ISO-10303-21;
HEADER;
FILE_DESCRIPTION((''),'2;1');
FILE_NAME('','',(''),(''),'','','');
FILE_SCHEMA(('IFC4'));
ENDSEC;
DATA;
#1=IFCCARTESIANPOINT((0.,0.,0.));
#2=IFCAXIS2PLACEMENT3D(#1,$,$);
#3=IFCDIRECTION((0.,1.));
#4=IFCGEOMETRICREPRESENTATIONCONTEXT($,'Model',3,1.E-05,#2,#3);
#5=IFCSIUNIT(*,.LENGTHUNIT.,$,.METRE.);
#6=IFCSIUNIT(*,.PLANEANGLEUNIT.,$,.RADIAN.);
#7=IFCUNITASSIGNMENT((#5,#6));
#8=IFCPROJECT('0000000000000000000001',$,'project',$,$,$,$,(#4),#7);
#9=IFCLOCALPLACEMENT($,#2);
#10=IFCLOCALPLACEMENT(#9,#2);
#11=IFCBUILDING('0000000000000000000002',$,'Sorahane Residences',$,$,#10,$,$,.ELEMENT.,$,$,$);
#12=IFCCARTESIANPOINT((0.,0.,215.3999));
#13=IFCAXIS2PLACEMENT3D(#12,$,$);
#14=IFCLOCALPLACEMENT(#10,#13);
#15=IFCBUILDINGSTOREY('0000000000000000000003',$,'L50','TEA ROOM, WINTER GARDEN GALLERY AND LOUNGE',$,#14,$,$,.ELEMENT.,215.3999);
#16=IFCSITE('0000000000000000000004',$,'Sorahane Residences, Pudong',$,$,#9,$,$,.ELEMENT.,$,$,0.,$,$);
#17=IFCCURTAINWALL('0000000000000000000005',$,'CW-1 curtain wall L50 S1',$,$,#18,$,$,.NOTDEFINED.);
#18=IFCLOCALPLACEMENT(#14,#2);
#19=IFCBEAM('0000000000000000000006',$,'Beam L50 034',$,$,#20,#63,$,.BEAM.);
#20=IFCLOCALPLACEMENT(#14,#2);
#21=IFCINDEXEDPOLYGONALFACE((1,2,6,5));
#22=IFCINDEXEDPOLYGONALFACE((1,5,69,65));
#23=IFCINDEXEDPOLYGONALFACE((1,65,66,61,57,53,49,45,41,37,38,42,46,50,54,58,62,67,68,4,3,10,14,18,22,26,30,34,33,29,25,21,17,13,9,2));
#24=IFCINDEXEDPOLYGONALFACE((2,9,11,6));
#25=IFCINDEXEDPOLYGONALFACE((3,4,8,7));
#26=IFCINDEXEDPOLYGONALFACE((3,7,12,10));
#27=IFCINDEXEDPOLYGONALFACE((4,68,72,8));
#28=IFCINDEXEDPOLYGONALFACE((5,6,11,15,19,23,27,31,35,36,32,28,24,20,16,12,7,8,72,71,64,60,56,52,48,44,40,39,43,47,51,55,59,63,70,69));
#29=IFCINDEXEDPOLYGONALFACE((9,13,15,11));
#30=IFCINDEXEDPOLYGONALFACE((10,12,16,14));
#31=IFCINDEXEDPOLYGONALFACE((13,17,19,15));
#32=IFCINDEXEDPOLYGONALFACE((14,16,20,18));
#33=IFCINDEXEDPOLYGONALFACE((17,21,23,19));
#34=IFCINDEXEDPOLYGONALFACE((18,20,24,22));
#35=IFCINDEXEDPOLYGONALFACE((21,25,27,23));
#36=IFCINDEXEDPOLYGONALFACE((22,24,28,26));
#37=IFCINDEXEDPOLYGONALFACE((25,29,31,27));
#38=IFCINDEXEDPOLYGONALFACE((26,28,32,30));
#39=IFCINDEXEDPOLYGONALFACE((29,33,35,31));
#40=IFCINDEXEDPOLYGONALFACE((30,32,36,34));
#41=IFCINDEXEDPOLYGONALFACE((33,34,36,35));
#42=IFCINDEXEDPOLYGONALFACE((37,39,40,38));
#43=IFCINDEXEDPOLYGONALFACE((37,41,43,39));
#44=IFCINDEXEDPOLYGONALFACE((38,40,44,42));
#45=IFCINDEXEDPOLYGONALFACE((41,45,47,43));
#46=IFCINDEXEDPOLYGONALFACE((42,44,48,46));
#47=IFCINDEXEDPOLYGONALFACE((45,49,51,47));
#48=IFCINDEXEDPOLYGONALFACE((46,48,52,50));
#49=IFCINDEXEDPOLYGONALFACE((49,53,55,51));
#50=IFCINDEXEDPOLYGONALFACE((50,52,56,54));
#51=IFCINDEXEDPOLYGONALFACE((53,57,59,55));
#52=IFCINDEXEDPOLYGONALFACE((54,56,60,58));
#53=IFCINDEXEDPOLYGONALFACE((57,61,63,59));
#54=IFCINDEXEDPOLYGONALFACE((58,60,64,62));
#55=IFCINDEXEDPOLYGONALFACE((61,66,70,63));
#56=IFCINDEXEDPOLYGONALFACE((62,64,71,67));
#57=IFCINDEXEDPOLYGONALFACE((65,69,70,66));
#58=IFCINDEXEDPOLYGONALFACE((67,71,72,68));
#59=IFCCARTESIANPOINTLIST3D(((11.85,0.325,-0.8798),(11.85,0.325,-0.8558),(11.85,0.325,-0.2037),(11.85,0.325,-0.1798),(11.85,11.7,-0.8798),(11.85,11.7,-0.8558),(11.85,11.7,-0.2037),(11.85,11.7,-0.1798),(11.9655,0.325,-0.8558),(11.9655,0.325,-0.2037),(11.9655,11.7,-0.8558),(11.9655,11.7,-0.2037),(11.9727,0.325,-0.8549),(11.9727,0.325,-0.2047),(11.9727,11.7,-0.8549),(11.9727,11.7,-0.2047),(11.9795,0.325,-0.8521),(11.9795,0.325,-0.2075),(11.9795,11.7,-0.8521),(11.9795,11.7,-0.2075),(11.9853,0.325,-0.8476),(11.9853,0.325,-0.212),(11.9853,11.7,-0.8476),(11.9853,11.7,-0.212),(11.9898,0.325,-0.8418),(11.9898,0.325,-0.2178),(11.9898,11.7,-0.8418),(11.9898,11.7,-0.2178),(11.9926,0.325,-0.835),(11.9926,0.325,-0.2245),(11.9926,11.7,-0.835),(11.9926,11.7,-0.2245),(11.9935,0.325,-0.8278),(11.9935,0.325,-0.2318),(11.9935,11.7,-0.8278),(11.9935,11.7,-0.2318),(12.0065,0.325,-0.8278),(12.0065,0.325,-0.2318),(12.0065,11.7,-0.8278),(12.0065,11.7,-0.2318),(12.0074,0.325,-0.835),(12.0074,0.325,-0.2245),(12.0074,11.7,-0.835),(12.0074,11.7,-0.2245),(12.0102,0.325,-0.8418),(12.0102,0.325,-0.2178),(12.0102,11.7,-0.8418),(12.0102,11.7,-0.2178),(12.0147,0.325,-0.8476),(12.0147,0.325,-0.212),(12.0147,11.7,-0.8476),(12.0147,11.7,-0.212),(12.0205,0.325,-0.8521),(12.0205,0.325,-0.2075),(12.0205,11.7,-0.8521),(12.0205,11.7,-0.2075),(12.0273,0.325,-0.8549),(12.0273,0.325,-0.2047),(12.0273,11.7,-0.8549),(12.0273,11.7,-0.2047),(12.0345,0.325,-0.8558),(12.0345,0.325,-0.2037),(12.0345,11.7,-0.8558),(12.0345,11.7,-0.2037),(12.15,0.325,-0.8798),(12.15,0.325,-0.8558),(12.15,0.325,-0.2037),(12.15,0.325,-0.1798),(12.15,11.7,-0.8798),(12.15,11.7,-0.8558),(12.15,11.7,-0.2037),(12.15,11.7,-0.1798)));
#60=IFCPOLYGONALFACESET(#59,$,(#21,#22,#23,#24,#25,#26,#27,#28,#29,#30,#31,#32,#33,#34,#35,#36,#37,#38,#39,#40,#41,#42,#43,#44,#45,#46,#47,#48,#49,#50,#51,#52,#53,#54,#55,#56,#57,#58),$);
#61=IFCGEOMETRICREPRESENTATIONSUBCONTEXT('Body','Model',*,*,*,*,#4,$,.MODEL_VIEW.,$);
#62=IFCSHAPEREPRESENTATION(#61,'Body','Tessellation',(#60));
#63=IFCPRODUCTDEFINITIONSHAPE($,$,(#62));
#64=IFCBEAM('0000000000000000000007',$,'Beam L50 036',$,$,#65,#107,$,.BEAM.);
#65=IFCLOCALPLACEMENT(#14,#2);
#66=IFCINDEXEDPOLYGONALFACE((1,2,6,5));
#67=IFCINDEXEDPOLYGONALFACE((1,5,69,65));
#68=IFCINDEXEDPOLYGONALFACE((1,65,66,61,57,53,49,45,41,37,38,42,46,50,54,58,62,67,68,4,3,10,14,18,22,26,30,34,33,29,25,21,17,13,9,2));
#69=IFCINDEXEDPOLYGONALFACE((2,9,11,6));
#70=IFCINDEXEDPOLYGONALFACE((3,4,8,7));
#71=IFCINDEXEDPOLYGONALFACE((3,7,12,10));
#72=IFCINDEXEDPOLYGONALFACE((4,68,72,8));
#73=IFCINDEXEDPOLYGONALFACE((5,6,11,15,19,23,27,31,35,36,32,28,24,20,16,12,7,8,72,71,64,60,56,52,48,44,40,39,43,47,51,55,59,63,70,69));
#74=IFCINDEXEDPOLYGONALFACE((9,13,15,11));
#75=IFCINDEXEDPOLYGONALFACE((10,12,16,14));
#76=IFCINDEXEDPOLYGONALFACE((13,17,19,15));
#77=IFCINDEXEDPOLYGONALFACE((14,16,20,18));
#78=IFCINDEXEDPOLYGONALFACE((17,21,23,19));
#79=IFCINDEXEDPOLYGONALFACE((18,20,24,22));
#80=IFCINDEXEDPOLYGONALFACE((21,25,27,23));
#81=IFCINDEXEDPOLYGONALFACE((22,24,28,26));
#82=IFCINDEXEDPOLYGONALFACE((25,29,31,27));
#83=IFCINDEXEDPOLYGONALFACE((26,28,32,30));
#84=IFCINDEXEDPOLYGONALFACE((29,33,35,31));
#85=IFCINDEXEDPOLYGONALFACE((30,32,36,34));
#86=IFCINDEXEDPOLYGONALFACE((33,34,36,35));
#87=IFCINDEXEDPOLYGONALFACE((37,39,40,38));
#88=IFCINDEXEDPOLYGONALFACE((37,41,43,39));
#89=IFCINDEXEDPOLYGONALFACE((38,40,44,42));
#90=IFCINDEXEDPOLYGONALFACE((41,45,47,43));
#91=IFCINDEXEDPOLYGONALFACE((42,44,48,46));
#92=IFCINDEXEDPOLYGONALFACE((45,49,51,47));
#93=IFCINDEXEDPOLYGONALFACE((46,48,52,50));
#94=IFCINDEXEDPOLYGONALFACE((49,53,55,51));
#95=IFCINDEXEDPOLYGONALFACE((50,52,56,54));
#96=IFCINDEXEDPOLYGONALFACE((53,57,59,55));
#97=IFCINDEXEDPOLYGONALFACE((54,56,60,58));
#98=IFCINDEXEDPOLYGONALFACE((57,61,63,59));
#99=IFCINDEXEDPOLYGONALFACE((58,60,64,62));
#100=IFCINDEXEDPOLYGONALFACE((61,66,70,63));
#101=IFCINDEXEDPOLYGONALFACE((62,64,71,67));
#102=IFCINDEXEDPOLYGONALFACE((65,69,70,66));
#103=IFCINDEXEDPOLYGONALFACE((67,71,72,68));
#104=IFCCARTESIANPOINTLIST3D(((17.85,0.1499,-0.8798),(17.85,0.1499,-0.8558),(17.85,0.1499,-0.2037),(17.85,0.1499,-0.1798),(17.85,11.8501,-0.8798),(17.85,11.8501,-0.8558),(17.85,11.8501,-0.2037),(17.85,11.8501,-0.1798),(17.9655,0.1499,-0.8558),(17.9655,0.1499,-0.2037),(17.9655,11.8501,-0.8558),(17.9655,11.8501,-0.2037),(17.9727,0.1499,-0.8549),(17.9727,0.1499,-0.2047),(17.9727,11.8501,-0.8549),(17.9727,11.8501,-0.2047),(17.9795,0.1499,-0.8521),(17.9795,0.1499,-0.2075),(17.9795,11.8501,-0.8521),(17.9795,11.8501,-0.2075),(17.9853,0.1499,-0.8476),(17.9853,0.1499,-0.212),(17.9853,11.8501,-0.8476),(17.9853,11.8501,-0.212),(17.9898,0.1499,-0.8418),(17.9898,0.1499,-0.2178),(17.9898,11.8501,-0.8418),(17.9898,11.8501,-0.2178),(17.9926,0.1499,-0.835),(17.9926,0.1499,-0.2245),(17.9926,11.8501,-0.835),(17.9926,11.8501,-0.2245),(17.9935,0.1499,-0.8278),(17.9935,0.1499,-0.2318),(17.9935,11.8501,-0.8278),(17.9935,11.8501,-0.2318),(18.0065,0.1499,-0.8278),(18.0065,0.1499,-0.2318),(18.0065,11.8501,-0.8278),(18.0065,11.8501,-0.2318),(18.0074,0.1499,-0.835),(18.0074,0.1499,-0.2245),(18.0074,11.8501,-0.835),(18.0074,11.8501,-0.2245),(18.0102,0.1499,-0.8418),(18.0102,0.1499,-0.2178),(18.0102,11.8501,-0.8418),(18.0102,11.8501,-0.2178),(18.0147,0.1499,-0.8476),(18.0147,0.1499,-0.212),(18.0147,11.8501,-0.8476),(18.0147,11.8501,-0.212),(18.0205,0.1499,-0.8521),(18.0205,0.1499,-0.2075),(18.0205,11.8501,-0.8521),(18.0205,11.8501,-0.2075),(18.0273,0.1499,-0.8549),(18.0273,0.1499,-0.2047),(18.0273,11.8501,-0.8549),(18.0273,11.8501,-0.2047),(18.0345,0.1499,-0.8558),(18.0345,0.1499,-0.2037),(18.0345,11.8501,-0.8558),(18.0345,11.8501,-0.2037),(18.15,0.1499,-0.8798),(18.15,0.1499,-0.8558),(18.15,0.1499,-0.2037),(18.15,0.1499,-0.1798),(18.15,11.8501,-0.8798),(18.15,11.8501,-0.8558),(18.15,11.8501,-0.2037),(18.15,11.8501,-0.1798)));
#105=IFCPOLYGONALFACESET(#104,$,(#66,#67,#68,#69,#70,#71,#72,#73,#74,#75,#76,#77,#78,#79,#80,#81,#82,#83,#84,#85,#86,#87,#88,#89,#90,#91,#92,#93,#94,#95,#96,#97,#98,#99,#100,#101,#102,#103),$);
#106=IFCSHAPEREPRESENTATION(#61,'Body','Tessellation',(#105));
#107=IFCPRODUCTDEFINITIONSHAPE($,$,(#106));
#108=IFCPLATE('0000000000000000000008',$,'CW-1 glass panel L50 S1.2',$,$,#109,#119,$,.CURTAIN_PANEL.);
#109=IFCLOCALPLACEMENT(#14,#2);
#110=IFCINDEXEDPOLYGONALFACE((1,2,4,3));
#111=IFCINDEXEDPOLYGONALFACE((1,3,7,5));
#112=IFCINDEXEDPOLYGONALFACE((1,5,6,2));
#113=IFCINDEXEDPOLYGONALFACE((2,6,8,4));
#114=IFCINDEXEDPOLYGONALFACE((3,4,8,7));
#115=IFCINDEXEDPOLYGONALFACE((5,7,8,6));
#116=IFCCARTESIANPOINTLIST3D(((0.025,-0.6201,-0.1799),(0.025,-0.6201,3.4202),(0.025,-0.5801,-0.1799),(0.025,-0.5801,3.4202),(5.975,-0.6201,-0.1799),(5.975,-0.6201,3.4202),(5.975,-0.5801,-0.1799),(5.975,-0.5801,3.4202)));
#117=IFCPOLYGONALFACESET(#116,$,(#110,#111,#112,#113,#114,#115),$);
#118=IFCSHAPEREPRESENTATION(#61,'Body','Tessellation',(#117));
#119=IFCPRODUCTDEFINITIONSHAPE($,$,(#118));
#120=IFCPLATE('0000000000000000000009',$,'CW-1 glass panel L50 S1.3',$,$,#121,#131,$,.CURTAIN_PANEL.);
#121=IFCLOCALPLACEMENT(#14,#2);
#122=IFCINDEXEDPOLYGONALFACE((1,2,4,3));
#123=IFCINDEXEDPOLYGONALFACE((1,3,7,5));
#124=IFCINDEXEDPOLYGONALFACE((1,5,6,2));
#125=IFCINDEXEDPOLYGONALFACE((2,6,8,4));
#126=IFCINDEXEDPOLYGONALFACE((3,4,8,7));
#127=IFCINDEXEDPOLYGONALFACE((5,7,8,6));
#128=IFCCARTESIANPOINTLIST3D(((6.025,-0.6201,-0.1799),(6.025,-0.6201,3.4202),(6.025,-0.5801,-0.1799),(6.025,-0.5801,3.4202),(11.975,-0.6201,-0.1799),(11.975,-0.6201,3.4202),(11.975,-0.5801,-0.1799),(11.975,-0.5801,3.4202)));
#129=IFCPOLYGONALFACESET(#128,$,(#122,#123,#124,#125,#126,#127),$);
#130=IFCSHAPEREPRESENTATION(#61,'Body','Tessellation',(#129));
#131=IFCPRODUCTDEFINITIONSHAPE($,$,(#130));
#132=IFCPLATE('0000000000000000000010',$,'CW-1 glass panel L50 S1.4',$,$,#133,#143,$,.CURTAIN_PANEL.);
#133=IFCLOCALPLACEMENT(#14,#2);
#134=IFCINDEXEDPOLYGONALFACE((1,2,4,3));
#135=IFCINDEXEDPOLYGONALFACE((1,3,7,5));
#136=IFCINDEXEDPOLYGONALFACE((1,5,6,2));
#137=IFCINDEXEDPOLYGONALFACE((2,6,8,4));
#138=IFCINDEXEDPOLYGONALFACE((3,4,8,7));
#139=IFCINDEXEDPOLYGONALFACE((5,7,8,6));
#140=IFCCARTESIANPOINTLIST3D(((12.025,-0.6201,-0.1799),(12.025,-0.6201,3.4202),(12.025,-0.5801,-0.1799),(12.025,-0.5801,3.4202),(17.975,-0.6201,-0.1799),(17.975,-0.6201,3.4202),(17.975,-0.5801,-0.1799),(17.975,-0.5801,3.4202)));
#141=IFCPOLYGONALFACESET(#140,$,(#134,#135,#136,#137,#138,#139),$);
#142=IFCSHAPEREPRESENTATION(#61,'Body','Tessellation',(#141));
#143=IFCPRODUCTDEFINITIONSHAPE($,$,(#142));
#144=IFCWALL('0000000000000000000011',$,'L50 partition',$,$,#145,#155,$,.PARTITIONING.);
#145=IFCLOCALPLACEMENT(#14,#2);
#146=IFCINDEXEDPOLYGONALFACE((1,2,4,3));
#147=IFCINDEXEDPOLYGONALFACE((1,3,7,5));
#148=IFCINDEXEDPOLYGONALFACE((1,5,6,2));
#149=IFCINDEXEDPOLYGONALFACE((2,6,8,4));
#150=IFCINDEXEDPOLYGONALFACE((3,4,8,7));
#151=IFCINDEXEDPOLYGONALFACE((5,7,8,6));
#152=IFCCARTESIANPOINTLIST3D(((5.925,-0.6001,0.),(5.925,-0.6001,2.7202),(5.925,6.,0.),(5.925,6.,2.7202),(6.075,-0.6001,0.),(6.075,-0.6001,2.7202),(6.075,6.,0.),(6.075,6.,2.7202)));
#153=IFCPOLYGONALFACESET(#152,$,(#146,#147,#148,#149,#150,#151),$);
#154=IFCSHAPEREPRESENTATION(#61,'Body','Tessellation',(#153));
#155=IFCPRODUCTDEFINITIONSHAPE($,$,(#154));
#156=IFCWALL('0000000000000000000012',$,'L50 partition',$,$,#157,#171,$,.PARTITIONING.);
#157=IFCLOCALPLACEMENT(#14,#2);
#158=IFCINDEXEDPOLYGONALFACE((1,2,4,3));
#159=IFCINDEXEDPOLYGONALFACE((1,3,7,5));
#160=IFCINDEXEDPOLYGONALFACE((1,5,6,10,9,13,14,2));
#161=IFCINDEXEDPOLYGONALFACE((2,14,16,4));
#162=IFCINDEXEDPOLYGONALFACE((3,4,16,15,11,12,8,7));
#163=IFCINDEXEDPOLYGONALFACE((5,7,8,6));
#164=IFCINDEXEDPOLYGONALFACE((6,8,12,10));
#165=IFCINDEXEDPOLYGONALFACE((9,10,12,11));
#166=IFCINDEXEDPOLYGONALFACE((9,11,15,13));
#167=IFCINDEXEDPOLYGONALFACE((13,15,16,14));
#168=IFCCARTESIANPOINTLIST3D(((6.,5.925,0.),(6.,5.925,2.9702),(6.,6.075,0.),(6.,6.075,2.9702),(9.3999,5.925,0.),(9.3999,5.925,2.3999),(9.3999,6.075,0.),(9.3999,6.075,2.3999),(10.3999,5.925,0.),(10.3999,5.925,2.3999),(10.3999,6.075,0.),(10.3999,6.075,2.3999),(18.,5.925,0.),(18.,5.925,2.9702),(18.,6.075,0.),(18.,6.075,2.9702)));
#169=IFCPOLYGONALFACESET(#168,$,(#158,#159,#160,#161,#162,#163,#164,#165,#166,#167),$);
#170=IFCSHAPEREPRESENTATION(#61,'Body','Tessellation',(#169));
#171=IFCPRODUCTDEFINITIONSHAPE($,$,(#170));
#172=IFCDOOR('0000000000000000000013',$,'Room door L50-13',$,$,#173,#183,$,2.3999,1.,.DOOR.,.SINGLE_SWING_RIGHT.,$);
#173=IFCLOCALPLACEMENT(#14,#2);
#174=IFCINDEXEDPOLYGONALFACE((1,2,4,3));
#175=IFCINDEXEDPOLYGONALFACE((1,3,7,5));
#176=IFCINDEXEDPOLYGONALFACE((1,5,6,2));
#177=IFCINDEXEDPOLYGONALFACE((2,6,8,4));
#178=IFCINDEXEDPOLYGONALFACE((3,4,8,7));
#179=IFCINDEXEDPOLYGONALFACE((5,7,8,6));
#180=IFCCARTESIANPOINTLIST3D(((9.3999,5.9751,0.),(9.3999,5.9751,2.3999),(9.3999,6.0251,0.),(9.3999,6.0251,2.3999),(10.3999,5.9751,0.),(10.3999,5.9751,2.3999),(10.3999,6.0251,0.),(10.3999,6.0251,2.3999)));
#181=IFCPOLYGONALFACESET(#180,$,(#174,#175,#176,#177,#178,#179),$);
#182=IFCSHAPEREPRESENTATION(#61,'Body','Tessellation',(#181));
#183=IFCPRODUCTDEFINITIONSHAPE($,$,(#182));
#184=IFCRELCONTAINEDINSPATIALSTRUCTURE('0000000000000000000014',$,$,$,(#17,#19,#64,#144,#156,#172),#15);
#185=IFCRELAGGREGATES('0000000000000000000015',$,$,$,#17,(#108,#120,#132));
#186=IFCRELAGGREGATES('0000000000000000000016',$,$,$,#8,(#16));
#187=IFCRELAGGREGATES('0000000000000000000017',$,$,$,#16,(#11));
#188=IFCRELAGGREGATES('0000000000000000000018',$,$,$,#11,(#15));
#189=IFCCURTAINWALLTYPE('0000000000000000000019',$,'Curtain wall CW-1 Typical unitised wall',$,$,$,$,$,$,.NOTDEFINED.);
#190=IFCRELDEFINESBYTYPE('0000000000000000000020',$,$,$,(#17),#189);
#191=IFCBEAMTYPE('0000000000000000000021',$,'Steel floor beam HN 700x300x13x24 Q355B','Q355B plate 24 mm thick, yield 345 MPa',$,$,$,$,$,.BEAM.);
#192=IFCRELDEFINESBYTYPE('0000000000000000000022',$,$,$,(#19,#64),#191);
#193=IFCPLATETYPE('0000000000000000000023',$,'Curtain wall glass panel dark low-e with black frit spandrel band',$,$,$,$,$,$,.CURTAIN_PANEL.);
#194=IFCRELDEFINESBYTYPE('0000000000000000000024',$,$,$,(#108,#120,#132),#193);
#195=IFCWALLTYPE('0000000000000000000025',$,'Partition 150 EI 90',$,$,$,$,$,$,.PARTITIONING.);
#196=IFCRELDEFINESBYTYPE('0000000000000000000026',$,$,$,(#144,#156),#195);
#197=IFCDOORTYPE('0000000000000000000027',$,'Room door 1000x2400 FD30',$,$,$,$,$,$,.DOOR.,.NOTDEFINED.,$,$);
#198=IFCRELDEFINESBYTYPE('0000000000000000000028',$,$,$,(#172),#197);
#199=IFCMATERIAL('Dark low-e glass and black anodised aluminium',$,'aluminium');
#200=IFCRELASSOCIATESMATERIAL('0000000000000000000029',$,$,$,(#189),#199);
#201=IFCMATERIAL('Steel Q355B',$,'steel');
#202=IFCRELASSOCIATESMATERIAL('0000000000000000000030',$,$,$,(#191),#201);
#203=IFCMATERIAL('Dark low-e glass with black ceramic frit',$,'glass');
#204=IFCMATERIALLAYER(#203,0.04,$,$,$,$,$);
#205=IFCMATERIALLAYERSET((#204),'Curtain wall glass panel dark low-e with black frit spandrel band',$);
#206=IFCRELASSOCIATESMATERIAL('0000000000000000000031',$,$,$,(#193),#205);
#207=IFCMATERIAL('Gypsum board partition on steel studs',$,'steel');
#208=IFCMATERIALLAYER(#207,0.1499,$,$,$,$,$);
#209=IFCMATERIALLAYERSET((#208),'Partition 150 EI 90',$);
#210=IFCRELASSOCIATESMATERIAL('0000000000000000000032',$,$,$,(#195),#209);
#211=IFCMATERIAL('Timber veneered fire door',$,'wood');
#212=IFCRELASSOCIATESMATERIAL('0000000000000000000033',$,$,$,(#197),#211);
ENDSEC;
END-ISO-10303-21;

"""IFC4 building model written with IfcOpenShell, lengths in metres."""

from ifc_helpers import new_model, si_unit, direction, frame, frame_2d, origin, origin_2d, place, context, subcontext, project, spatial, rectangle, i_section, extrude, material, layer, layer_set, material_profile, profile_set, type_object, element, fill, aggregate, save


model = new_model("IFC4")

# Units and contexts
model_context = context("Model", 3, precision=1e-05, world=origin(), true_north=direction((0.0, 1.0)))
body_context = subcontext(model_context, "Body", "Model", "MODEL_VIEW")
ifc_project = project(units=[si_unit("LENGTHUNIT", "METRE"), si_unit("PLANEANGLEUNIT", "RADIAN")], contexts=[model_context])

# Site, building, storey
site_placement = place(None, origin())
site = spatial("IfcSite", under=ifc_project, at=site_placement, Name="Sorahane Residences, Pudong", CompositionType="ELEMENT", RefElevation=0.0)
building_placement = place(site_placement, origin())
building = spatial("IfcBuilding", under=site, at=building_placement, Name="Sorahane Residences", CompositionType="ELEMENT")
storey_placement = place(building_placement, frame((0.0, 0.0, 215.3999)))
storey = spatial("IfcBuildingStorey", under=building, at=storey_placement, Name="L50", Description="TEA ROOM, WINTER GARDEN GALLERY AND LOUNGE", CompositionType="ELEMENT", Elevation=215.3999)

# Curtain wall
ifc_material_1 = material(Name="Dark low-e glass and black anodised aluminium", Category="aluminium")
curtain_wall_type = type_object("IfcCurtainWallType", Name="Curtain wall CW-1 Typical unitised wall", PredefinedType="NOTDEFINED", material=ifc_material_1)
curtain_wall_placement = place(storey_placement, origin())
curtain_wall = element("IfcCurtainWall", 1, at=curtain_wall_placement, inside=storey, type_object=curtain_wall_type, Name="CW-1 curtain wall L50 S1", PredefinedType="NOTDEFINED")

# Beams
ifc_material_2 = material(Name="Steel Q355B", Category="steel")
ifc_material_profile_1 = material_profile(ifc_material_2, i_section(OverallWidth=0.3, OverallDepth=0.7, WebThickness=0.0129, FlangeThickness=0.0239, FilletRadius=0.0281, at=origin_2d()), Name="HN 700x300x13x24")
ifc_profile_set_1 = profile_set([ifc_material_profile_1], Name="Steel Q355B")
beam_type_1 = type_object("IfcBeamType", Name="Steel floor beam HN 700x300x13x24 Q355B", Description="Q355B plate 24 mm thick, yield 345 MPa", PredefinedType="BEAM", material=ifc_profile_set_1)
beam_1_placement = place(storey_placement, frame((12.0, 0.325, -0.5298), z_axis=(0.0, 1.0, 0.0), x_axis=(-1.0, 0.0, 0.0)))
element("IfcBeam", 2, at=beam_1_placement, inside=storey, type_object=beam_type_1, Name="Beam L50 034", PredefinedType="BEAM", context=body_context, shape_type="SweptSolid", body=[
    extrude(i_section(OverallWidth=0.3, OverallDepth=0.7, WebThickness=0.0129, FlangeThickness=0.0239, FilletRadius=0.0281, at=origin_2d()), origin(), (0.0, 0.0, 1.0), 11.375),
])
beam_2_placement = place(storey_placement, frame((18.0, 0.1499, -0.5298), z_axis=(0.0, 1.0, 0.0), x_axis=(-1.0, 0.0, 0.0)))
element("IfcBeam", 3, at=beam_2_placement, inside=storey, type_object=beam_type_1, Name="Beam L50 036", PredefinedType="BEAM", context=body_context, shape_type="SweptSolid", body=[
    extrude(i_section(OverallWidth=0.3, OverallDepth=0.7, WebThickness=0.0129, FlangeThickness=0.0239, FilletRadius=0.0281, at=origin_2d()), origin(), (0.0, 0.0, 1.0), 11.7002),
])

# Plates
ifc_material_3 = material(Name="Dark low-e glass with black ceramic frit", Category="glass")
ifc_layer_1 = layer(ifc_material_3, 0.04)
ifc_layer_set_1 = layer_set([ifc_layer_1], Name="Curtain wall glass panel dark low-e with black frit spandrel band")
plate_type = type_object("IfcPlateType", Name="Curtain wall glass panel dark low-e with black frit spandrel band", PredefinedType="CURTAIN_PANEL", material=ifc_layer_set_1)
plate_1_placement = place(storey_placement, frame((3.0, -0.6001, -0.1799), z_axis=(0.0, 0.0, 1.0), x_axis=(1.0, 0.0, 0.0)))
plate_1 = element("IfcPlate", 4, at=plate_1_placement, type_object=plate_type, Name="CW-1 glass panel L50 S1.2", PredefinedType="CURTAIN_PANEL", context=body_context, shape_type="SweptSolid", body=[
    extrude(rectangle(XDim=5.95, YDim=0.04, at=origin_2d()), origin(), (0.0, 0.0, 1.0), 3.6001),
])
plate_2_placement = place(storey_placement, frame((9.0, -0.6001, -0.1799), z_axis=(0.0, 0.0, 1.0), x_axis=(1.0, 0.0, 0.0)))
plate_2 = element("IfcPlate", 5, at=plate_2_placement, type_object=plate_type, Name="CW-1 glass panel L50 S1.3", PredefinedType="CURTAIN_PANEL", context=body_context, shape_type="SweptSolid", body=[
    extrude(rectangle(XDim=5.95, YDim=0.04, at=origin_2d()), origin(), (0.0, 0.0, 1.0), 3.6001),
])
plate_3_placement = place(storey_placement, frame((15.0, -0.6001, -0.1799), z_axis=(0.0, 0.0, 1.0), x_axis=(1.0, 0.0, 0.0)))
plate_3 = element("IfcPlate", 6, at=plate_3_placement, type_object=plate_type, Name="CW-1 glass panel L50 S1.4", PredefinedType="CURTAIN_PANEL", context=body_context, shape_type="SweptSolid", body=[
    extrude(rectangle(XDim=5.95, YDim=0.04, at=origin_2d()), origin(), (0.0, 0.0, 1.0), 3.6001),
])
aggregate(curtain_wall, [plate_1, plate_2, plate_3])

# Wall
ifc_material_4 = material(Name="Gypsum board partition on steel studs", Category="steel")
ifc_layer_2 = layer(ifc_material_4, 0.1499)
ifc_layer_set_2 = layer_set([ifc_layer_2], Name="Partition 150 EI 90")
wall_type_1 = type_object("IfcWallType", Name="Partition 150 EI 90", PredefinedType="PARTITIONING", material=ifc_layer_set_2)
wall_1_placement = place(storey_placement, frame((6.0, -0.6001, 0.0), z_axis=(0.0, 0.0, 1.0), x_axis=(0.0, 1.0, 0.0)))
element("IfcWall", 7, at=wall_1_placement, inside=storey, type_object=wall_type_1, Name="L50 partition", PredefinedType="PARTITIONING", context=body_context, shape_type="SweptSolid", body=[
    extrude(rectangle(XDim=6.6001, YDim=0.1499, at=frame_2d((3.3, 0.0))), origin(), (0.0, 0.0, 1.0), 2.7202),
])

# Wall, opening, door
wall_2_placement = place(storey_placement, frame((6.0, 6.0, 0.0), z_axis=(0.0, 0.0, 1.0), x_axis=(1.0, 0.0, 0.0)))
wall_2 = element("IfcWall", 8, at=wall_2_placement, inside=storey, type_object=wall_type_1, Name="L50 partition", PredefinedType="PARTITIONING", context=body_context, shape_type="SweptSolid", body=[
    extrude(rectangle(XDim=12.0, YDim=0.1499, at=frame_2d((6.0, 0.0))), origin(), (0.0, 0.0, 1.0), 2.9702),
])
opening_1_placement = place(wall_2_placement, frame((3.3999, 0.0, 0.0)))
opening_1 = element("IfcOpeningElement", 9, at=opening_1_placement, cuts=wall_2, PredefinedType="OPENING", context=body_context, shape_type="SweptSolid", body=[
    extrude(rectangle(XDim=1.0, YDim=2.3999, at=frame_2d((0.5, 1.2))), frame((0.0, 0.085, 0.0), z_axis=(0.0, -1.0, 0.0), x_axis=(1.0, 0.0, 0.0)), (0.0, 0.0, 1.0), 0.1699),
])
ifc_material_5 = material(Name="Timber veneered fire door", Category="wood")
door_type_1 = type_object("IfcDoorType", Name="Room door 1000x2400 FD30", OperationType="NOTDEFINED", PredefinedType="DOOR", material=ifc_material_5)
door_1_placement = place(opening_1_placement, frame((1.0, 0.0, 0.0), z_axis=(0.0, 0.0, 1.0), x_axis=(-1.0, 0.0, 0.0)))
door_1 = element("IfcDoor", 10, at=door_1_placement, inside=storey, type_object=door_type_1, Name="Room door L50-13", OperationType="SINGLE_SWING_RIGHT", OverallHeight=2.3999, OverallWidth=1.0, PredefinedType="DOOR", context=body_context, shape_type="SweptSolid", body=[
    extrude(rectangle(XDim=1.0, YDim=2.3999, at=frame_2d((0.5, 1.2))), frame((0.0, 0.0249, 0.0), z_axis=(0.0, -1.0, 0.0), x_axis=(1.0, 0.0, 0.0)), (0.0, 0.0, 1.0), 0.05),
])
fill(opening_1, door_1)

save(model, "model.ifc")
